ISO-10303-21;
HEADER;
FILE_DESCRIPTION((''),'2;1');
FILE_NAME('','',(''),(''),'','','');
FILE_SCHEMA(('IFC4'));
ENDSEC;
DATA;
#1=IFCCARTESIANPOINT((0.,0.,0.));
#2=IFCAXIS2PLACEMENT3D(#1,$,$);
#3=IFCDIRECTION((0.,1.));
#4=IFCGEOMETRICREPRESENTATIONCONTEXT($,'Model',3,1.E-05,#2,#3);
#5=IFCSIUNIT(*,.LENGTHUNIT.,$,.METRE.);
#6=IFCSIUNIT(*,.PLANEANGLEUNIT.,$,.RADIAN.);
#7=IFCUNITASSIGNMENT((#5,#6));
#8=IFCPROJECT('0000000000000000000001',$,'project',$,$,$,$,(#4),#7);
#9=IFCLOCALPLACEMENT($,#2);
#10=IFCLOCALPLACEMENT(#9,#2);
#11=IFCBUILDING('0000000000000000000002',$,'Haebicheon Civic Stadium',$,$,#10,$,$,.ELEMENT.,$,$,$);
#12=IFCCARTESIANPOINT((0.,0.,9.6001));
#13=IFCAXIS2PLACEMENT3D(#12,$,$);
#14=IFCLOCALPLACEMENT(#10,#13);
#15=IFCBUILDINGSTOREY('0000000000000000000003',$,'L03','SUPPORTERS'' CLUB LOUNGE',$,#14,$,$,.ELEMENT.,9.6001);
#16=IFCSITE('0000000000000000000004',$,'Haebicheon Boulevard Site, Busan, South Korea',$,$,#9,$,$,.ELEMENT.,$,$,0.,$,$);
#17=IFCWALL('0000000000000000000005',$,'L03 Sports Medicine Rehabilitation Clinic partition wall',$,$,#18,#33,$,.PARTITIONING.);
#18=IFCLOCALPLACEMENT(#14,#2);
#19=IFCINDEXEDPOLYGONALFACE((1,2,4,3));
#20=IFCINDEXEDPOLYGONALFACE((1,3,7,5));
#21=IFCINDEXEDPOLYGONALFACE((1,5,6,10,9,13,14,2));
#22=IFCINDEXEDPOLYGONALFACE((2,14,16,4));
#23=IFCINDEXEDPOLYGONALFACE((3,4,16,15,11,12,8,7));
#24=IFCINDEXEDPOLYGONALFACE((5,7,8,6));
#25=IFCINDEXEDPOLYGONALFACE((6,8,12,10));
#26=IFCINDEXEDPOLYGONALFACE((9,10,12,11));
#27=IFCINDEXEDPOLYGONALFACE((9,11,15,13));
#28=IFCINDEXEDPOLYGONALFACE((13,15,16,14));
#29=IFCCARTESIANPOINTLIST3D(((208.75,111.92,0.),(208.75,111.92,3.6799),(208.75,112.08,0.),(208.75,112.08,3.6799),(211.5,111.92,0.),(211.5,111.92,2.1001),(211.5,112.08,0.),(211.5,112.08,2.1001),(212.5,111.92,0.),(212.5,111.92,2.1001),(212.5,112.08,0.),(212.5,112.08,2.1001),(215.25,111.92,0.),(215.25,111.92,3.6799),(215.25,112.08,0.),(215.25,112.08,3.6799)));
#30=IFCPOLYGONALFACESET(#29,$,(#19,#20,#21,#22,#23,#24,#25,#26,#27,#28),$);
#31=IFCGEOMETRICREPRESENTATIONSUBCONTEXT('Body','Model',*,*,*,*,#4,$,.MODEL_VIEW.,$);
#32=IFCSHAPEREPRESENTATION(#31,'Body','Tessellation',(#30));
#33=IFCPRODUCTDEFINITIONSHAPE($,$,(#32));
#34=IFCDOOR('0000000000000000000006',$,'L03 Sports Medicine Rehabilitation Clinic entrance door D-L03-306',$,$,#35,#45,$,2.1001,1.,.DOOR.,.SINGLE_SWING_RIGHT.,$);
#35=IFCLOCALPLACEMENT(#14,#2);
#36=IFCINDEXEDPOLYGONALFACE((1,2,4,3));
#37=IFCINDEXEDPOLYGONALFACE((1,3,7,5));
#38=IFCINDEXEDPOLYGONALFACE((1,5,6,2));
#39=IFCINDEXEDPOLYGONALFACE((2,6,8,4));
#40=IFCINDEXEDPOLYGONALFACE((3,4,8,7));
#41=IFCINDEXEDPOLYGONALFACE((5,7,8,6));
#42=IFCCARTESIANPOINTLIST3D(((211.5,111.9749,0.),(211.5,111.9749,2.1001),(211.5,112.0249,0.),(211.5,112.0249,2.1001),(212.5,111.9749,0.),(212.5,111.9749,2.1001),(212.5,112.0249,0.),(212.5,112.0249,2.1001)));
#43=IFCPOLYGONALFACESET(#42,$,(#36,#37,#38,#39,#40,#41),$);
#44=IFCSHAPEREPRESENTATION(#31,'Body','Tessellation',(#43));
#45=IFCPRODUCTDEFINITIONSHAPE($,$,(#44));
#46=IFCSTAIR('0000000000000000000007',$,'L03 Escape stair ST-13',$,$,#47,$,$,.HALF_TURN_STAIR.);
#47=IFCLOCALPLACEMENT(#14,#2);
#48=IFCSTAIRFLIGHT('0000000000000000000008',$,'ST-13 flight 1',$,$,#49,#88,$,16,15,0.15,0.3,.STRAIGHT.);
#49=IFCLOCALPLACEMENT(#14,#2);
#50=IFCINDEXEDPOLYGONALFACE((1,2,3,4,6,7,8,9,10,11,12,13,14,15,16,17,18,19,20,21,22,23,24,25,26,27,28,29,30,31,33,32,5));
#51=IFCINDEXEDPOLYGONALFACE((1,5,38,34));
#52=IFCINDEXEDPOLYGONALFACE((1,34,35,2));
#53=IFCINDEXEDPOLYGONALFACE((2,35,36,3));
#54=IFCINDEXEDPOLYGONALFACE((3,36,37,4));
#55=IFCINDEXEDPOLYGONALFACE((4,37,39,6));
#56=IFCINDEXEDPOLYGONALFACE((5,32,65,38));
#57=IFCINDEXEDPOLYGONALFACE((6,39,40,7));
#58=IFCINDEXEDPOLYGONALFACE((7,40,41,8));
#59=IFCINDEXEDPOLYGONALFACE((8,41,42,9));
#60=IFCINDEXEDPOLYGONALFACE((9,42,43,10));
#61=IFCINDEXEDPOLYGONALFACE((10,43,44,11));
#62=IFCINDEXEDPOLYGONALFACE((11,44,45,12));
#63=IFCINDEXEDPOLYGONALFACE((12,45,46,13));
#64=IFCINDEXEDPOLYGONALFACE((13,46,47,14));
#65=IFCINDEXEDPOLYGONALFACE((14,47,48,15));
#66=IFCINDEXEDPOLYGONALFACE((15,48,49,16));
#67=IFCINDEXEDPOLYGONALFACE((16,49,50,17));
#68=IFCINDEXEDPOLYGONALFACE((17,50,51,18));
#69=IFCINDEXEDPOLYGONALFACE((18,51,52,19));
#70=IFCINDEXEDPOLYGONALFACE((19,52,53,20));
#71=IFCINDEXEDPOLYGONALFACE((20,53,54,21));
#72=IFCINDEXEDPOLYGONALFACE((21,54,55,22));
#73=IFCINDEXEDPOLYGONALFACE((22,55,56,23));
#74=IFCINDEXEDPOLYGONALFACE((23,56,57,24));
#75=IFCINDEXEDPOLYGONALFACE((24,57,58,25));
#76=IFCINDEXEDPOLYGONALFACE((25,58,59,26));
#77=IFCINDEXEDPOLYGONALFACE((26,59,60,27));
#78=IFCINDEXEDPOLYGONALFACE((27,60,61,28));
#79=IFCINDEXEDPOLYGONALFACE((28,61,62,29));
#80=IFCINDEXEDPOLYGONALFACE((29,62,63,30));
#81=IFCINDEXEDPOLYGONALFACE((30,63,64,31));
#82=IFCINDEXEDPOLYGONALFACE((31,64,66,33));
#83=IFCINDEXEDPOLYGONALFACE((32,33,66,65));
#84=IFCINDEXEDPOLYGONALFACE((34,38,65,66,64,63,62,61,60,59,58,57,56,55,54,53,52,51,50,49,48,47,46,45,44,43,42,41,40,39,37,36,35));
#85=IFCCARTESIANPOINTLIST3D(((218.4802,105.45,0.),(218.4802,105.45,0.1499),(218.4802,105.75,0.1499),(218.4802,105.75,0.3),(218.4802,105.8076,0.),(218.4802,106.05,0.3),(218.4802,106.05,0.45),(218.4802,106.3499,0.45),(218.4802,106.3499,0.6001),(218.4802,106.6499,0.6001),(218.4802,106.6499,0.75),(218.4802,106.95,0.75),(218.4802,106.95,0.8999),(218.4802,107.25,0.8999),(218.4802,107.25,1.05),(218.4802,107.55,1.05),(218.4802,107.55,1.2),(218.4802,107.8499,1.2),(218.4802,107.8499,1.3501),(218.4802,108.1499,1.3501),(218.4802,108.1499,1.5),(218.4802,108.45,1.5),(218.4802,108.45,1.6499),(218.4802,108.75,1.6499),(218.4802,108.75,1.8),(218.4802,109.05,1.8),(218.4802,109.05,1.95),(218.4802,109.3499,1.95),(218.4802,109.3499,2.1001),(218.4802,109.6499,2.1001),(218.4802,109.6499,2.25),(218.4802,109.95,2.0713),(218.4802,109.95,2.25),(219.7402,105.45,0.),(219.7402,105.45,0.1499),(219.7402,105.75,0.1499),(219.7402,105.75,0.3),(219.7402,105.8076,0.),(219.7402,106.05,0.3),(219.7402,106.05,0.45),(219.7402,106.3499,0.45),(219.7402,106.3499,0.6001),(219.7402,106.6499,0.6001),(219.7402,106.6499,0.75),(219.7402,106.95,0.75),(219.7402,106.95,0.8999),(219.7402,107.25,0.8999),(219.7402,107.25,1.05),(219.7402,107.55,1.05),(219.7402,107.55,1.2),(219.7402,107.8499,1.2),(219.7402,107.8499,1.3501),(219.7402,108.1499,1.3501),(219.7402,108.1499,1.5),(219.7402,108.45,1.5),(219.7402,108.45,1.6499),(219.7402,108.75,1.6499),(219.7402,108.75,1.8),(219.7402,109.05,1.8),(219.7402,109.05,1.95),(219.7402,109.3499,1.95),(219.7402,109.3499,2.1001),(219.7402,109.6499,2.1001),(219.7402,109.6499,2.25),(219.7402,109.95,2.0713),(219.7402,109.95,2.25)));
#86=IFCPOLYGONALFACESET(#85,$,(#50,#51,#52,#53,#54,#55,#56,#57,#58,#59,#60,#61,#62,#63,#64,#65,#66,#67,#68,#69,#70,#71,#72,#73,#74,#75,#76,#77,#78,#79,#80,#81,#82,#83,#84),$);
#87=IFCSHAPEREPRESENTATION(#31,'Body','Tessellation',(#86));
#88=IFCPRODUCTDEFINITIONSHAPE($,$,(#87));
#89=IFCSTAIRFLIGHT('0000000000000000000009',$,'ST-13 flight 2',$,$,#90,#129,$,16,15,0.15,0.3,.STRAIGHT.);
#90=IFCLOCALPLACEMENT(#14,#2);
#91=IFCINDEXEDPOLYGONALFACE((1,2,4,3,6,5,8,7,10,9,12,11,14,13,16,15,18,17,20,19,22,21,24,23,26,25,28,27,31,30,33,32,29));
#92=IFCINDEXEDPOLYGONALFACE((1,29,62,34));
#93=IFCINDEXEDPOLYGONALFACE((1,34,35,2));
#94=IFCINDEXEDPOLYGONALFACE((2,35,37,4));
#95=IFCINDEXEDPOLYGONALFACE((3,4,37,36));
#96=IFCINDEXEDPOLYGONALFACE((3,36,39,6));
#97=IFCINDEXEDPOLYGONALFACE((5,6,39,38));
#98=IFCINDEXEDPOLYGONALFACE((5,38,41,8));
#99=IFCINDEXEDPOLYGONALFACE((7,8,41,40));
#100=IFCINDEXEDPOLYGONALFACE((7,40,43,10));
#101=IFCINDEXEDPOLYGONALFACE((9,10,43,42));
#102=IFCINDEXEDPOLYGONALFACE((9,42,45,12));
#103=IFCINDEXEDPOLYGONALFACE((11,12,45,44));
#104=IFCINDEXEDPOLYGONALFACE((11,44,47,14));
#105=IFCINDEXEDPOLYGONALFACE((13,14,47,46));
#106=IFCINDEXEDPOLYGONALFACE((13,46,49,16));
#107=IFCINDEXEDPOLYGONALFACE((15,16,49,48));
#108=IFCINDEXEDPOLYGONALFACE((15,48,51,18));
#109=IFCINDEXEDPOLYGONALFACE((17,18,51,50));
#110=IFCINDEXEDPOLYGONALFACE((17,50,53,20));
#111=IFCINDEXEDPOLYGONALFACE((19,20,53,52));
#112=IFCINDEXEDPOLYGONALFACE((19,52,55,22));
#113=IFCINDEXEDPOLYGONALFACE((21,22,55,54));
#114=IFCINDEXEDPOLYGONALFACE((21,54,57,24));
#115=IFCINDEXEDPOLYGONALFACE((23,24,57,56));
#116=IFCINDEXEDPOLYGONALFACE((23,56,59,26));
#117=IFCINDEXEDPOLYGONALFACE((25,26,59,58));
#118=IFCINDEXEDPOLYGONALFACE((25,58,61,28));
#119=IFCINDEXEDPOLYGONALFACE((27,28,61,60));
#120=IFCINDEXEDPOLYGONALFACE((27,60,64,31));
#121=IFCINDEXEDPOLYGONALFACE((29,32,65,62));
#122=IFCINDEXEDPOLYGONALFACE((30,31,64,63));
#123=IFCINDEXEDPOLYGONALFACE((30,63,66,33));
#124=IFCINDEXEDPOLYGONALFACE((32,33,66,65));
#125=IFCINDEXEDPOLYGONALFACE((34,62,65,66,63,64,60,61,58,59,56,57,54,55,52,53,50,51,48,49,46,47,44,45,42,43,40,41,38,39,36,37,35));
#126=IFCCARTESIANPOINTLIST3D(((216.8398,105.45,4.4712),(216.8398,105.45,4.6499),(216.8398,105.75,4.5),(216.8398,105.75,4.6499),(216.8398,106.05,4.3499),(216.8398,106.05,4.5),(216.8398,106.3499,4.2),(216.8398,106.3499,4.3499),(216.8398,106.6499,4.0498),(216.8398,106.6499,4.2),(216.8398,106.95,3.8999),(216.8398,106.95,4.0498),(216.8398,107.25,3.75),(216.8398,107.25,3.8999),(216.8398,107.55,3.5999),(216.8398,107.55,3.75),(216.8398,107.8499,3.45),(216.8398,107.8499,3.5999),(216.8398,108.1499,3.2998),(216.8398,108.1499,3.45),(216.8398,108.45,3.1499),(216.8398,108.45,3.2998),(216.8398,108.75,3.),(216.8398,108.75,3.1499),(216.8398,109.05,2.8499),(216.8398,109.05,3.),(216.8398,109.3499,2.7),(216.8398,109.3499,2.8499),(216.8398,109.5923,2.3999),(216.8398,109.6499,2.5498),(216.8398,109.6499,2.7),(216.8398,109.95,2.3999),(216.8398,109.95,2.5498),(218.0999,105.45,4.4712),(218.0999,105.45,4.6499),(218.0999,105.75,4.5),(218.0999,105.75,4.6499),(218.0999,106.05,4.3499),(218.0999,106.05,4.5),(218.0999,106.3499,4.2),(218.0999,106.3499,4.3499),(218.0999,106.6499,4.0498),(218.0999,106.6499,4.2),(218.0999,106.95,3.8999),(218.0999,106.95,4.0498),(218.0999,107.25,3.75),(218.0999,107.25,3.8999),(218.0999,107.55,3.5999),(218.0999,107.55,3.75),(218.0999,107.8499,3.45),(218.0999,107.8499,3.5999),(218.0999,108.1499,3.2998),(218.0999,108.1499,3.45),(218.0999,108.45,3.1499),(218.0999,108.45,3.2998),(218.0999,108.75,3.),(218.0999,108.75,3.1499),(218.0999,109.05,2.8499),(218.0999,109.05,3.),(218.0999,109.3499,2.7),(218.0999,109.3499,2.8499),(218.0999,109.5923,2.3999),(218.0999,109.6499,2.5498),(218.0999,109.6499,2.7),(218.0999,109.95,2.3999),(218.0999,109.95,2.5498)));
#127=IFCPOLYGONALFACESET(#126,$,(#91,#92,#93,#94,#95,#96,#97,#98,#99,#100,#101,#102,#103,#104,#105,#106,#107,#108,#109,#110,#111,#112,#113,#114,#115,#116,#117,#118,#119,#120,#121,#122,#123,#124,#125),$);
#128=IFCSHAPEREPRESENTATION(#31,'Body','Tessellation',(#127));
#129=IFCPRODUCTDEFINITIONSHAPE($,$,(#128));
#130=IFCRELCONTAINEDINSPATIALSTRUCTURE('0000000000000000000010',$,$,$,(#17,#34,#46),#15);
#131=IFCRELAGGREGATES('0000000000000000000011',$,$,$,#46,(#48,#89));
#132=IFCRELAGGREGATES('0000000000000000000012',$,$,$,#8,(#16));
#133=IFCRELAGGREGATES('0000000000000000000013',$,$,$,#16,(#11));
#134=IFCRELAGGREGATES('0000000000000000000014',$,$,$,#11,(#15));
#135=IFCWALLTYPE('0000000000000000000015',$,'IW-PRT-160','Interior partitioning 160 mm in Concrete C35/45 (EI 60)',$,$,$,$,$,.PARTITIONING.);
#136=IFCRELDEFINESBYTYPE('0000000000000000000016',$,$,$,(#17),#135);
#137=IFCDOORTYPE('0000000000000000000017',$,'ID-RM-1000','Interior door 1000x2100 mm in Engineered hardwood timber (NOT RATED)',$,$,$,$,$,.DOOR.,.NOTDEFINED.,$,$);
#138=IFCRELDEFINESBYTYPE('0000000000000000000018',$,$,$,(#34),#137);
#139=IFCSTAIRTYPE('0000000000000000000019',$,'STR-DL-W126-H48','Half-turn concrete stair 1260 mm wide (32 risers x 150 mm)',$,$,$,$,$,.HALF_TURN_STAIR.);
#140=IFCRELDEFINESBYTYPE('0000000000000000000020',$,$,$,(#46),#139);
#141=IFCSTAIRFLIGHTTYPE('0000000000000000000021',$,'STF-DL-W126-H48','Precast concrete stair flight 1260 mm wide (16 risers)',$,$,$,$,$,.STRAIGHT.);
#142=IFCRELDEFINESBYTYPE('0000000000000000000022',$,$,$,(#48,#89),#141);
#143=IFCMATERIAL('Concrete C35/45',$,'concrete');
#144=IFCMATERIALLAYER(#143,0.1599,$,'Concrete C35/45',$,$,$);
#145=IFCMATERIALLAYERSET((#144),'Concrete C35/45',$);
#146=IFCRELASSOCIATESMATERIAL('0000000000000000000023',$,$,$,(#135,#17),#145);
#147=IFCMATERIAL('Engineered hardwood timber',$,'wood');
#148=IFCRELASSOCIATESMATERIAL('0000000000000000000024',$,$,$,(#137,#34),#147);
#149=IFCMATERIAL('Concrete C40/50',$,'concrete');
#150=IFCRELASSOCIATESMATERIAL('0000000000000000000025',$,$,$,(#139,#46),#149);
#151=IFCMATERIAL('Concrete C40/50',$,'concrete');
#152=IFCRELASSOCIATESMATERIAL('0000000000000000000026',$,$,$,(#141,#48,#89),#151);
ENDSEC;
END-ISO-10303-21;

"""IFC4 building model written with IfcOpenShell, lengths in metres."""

from ifc_helpers import new_model, si_unit, direction, frame, frame_2d, origin, place, context, subcontext, project, spatial, polyline, rectangle, outline, extrude, material, layer, layer_set, type_object, element, fill, aggregate, save


model = new_model("IFC4")

# Units and contexts
model_context = context("Model", 3, precision=1e-05, world=origin(), true_north=direction((0.0, 1.0)))
body_context = subcontext(model_context, "Body", "Model", "MODEL_VIEW")
ifc_project = project(units=[si_unit("LENGTHUNIT", "METRE"), si_unit("PLANEANGLEUNIT", "RADIAN")], contexts=[model_context])

# Site, building, storey
site_placement = place(None, origin())
site = spatial("IfcSite", under=ifc_project, at=site_placement, Name="Haebicheon Boulevard Site, Busan, South Korea", CompositionType="ELEMENT", RefElevation=0.0)
building_placement = place(site_placement, origin())
building = spatial("IfcBuilding", under=site, at=building_placement, Name="Haebicheon Civic Stadium", CompositionType="ELEMENT")
storey_placement = place(building_placement, frame((0.0, 0.0, 9.6001)))
storey = spatial("IfcBuildingStorey", under=building, at=storey_placement, Name="L03", Description="SUPPORTERS' CLUB LOUNGE", CompositionType="ELEMENT", Elevation=9.6001)

# Wall, opening, door
ifc_material_1 = material(Name="Concrete C35/45", Category="concrete")
ifc_layer_1 = layer(ifc_material_1, 0.1599, Name="Concrete C35/45")
ifc_layer_set_1 = layer_set([ifc_layer_1], Name="Concrete C35/45")
wall_type_1 = type_object("IfcWallType", Name="IW-PRT-160", Description="Interior partitioning 160 mm in Concrete C35/45 (EI 60)", PredefinedType="PARTITIONING", material=ifc_layer_set_1)
wall_1_placement = place(storey_placement, frame((208.75, 112.0, 0.0), z_axis=(0.0, 0.0, 1.0), x_axis=(1.0, 0.0, 0.0)))
wall_1 = element("IfcWall", 1, at=wall_1_placement, inside=storey, type_object=wall_type_1, material=ifc_layer_set_1, Name="L03 Sports Medicine Rehabilitation Clinic partition wall", PredefinedType="PARTITIONING", context=body_context, shape_type="SweptSolid", body=[
    extrude(rectangle(XDim=6.5, YDim=0.1599, at=frame_2d((3.25, 0.0))), origin(), (0.0, 0.0, 1.0), 3.6799),
])
opening_1_placement = place(wall_1_placement, frame((2.75, 0.0, 0.0)))
opening_1 = element("IfcOpeningElement", 2, at=opening_1_placement, cuts=wall_1, PredefinedType="OPENING", context=body_context, shape_type="SweptSolid", body=[
    extrude(rectangle(XDim=1.0, YDim=2.1001, at=frame_2d((0.5, 1.05))), frame((0.0, 0.0898, 0.0), z_axis=(0.0, -1.0, 0.0), x_axis=(1.0, 0.0, 0.0)), (0.0, 0.0, 1.0), 0.1799),
])
ifc_material_2 = material(Name="Engineered hardwood timber", Category="wood")
door_type_1 = type_object("IfcDoorType", Name="ID-RM-1000", Description="Interior door 1000x2100 mm in Engineered hardwood timber (NOT RATED)", OperationType="NOTDEFINED", PredefinedType="DOOR", material=ifc_material_2)
door_1_placement = place(opening_1_placement, origin())
door_1 = element("IfcDoor", 3, at=door_1_placement, inside=storey, type_object=door_type_1, material=ifc_material_2, Name="L03 Sports Medicine Rehabilitation Clinic entrance door D-L03-306", OperationType="SINGLE_SWING_RIGHT", OverallHeight=2.1001, OverallWidth=1.0, PredefinedType="DOOR", context=body_context, shape_type="SweptSolid", body=[
    extrude(rectangle(XDim=1.0, YDim=2.1001, at=frame_2d((0.5, 1.05))), frame((0.0, 0.0249, 0.0), z_axis=(0.0, -1.0, 0.0), x_axis=(1.0, 0.0, 0.0)), (0.0, 0.0, 1.0), 0.05),
])
fill(opening_1, door_1)

# Stair, stair flights
ifc_material_3 = material(Name="Concrete C40/50", Category="concrete")
stair_type = type_object("IfcStairType", Name="STR-DL-W126-H48", Description="Half-turn concrete stair 1260 mm wide (32 risers x 150 mm)", PredefinedType="HALF_TURN_STAIR", material=ifc_material_3)
stair_placement = place(storey_placement, origin())
stair = element("IfcStair", 4, at=stair_placement, inside=storey, type_object=stair_type, material=ifc_material_3, Name="L03 Escape stair ST-13", PredefinedType="HALF_TURN_STAIR")
ifc_material_4 = material(Name="Concrete C40/50", Category="concrete")
stair_flight_type = type_object("IfcStairFlightType", Name="STF-DL-W126-H48", Description="Precast concrete stair flight 1260 mm wide (16 risers)", PredefinedType="STRAIGHT", material=ifc_material_4)
stair_flight_1_placement = place(storey_placement, frame((219.1101, 105.45, 0.0), z_axis=(0.0, 0.0, 1.0), x_axis=(0.0, 1.0, 0.0)))
stair_flight_1 = element("IfcStairFlight", 5, at=stair_flight_1_placement, type_object=stair_flight_type, material=ifc_material_4, Name="ST-13 flight 1", NumberOfRisers=16, NumberOfTreads=15, PredefinedType="STRAIGHT", RiserHeight=0.15, TreadLength=0.3, context=body_context, shape_type="SweptSolid", body=[
    extrude(outline(polyline([(0.0, 0.0), (0.0, 0.1499), (0.3, 0.1499), (0.3, 0.3), (0.6001, 0.3), (0.6001, 0.45), (0.8999, 0.45), (0.8999, 0.6001), (1.2, 0.6001), (1.2, 0.75), (1.5, 0.75), (1.5, 0.8999), (1.8, 0.8999), (1.8, 1.05), (2.1001, 1.05), (2.1001, 1.2), (2.3999, 1.2), (2.3999, 1.3501), (2.7, 1.3501), (2.7, 1.5), (3.0, 1.5), (3.0, 1.6499), (3.3, 1.6499), (3.3, 1.8), (3.6001, 1.8), (3.6001, 1.95), (3.8999, 1.95), (3.8999, 2.1001), (4.2, 2.1001), (4.2, 2.25), (4.5, 2.25), (4.5, 2.3999), (4.5, 2.0713), (0.3577, 0.0), (0.0, 0.0)])), frame((0.0, 0.6299, 0.0), z_axis=(0.0, -1.0, 0.0), x_axis=(1.0, 0.0, 0.0)), (0.0, 0.0, 1.0), 1.26),
])
stair_flight_2_placement = place(storey_placement, frame((217.47, 109.95, 2.3999), z_axis=(0.0, 0.0, 1.0), x_axis=(0.0, -1.0, 0.0)))
stair_flight_2 = element("IfcStairFlight", 6, at=stair_flight_2_placement, type_object=stair_flight_type, material=ifc_material_4, Name="ST-13 flight 2", NumberOfRisers=16, NumberOfTreads=15, PredefinedType="STRAIGHT", RiserHeight=0.15, TreadLength=0.3, context=body_context, shape_type="SweptSolid", body=[
    extrude(outline(polyline([(0.0, 0.0), (0.0, 0.1499), (0.3, 0.1499), (0.3, 0.3), (0.6001, 0.3), (0.6001, 0.45), (0.8999, 0.45), (0.8999, 0.6001), (1.2, 0.6001), (1.2, 0.75), (1.5, 0.75), (1.5, 0.8999), (1.8, 0.8999), (1.8, 1.05), (2.1001, 1.05), (2.1001, 1.2), (2.3999, 1.2), (2.3999, 1.3501), (2.7, 1.3501), (2.7, 1.5), (3.0, 1.5), (3.0, 1.6499), (3.3, 1.6499), (3.3, 1.8), (3.6001, 1.8), (3.6001, 1.95), (3.8999, 1.95), (3.8999, 2.1001), (4.2, 2.1001), (4.2, 2.25), (4.5, 2.25), (4.5, 2.3999), (4.5, 2.0713), (0.3577, 0.0), (0.0, 0.0)])), frame((0.0, 0.6299, 0.0), z_axis=(0.0, -1.0, 0.0), x_axis=(1.0, 0.0, 0.0)), (0.0, 0.0, 1.0), 1.26),
])
aggregate(stair, [stair_flight_1, stair_flight_2])

save(model, "model.ifc")
